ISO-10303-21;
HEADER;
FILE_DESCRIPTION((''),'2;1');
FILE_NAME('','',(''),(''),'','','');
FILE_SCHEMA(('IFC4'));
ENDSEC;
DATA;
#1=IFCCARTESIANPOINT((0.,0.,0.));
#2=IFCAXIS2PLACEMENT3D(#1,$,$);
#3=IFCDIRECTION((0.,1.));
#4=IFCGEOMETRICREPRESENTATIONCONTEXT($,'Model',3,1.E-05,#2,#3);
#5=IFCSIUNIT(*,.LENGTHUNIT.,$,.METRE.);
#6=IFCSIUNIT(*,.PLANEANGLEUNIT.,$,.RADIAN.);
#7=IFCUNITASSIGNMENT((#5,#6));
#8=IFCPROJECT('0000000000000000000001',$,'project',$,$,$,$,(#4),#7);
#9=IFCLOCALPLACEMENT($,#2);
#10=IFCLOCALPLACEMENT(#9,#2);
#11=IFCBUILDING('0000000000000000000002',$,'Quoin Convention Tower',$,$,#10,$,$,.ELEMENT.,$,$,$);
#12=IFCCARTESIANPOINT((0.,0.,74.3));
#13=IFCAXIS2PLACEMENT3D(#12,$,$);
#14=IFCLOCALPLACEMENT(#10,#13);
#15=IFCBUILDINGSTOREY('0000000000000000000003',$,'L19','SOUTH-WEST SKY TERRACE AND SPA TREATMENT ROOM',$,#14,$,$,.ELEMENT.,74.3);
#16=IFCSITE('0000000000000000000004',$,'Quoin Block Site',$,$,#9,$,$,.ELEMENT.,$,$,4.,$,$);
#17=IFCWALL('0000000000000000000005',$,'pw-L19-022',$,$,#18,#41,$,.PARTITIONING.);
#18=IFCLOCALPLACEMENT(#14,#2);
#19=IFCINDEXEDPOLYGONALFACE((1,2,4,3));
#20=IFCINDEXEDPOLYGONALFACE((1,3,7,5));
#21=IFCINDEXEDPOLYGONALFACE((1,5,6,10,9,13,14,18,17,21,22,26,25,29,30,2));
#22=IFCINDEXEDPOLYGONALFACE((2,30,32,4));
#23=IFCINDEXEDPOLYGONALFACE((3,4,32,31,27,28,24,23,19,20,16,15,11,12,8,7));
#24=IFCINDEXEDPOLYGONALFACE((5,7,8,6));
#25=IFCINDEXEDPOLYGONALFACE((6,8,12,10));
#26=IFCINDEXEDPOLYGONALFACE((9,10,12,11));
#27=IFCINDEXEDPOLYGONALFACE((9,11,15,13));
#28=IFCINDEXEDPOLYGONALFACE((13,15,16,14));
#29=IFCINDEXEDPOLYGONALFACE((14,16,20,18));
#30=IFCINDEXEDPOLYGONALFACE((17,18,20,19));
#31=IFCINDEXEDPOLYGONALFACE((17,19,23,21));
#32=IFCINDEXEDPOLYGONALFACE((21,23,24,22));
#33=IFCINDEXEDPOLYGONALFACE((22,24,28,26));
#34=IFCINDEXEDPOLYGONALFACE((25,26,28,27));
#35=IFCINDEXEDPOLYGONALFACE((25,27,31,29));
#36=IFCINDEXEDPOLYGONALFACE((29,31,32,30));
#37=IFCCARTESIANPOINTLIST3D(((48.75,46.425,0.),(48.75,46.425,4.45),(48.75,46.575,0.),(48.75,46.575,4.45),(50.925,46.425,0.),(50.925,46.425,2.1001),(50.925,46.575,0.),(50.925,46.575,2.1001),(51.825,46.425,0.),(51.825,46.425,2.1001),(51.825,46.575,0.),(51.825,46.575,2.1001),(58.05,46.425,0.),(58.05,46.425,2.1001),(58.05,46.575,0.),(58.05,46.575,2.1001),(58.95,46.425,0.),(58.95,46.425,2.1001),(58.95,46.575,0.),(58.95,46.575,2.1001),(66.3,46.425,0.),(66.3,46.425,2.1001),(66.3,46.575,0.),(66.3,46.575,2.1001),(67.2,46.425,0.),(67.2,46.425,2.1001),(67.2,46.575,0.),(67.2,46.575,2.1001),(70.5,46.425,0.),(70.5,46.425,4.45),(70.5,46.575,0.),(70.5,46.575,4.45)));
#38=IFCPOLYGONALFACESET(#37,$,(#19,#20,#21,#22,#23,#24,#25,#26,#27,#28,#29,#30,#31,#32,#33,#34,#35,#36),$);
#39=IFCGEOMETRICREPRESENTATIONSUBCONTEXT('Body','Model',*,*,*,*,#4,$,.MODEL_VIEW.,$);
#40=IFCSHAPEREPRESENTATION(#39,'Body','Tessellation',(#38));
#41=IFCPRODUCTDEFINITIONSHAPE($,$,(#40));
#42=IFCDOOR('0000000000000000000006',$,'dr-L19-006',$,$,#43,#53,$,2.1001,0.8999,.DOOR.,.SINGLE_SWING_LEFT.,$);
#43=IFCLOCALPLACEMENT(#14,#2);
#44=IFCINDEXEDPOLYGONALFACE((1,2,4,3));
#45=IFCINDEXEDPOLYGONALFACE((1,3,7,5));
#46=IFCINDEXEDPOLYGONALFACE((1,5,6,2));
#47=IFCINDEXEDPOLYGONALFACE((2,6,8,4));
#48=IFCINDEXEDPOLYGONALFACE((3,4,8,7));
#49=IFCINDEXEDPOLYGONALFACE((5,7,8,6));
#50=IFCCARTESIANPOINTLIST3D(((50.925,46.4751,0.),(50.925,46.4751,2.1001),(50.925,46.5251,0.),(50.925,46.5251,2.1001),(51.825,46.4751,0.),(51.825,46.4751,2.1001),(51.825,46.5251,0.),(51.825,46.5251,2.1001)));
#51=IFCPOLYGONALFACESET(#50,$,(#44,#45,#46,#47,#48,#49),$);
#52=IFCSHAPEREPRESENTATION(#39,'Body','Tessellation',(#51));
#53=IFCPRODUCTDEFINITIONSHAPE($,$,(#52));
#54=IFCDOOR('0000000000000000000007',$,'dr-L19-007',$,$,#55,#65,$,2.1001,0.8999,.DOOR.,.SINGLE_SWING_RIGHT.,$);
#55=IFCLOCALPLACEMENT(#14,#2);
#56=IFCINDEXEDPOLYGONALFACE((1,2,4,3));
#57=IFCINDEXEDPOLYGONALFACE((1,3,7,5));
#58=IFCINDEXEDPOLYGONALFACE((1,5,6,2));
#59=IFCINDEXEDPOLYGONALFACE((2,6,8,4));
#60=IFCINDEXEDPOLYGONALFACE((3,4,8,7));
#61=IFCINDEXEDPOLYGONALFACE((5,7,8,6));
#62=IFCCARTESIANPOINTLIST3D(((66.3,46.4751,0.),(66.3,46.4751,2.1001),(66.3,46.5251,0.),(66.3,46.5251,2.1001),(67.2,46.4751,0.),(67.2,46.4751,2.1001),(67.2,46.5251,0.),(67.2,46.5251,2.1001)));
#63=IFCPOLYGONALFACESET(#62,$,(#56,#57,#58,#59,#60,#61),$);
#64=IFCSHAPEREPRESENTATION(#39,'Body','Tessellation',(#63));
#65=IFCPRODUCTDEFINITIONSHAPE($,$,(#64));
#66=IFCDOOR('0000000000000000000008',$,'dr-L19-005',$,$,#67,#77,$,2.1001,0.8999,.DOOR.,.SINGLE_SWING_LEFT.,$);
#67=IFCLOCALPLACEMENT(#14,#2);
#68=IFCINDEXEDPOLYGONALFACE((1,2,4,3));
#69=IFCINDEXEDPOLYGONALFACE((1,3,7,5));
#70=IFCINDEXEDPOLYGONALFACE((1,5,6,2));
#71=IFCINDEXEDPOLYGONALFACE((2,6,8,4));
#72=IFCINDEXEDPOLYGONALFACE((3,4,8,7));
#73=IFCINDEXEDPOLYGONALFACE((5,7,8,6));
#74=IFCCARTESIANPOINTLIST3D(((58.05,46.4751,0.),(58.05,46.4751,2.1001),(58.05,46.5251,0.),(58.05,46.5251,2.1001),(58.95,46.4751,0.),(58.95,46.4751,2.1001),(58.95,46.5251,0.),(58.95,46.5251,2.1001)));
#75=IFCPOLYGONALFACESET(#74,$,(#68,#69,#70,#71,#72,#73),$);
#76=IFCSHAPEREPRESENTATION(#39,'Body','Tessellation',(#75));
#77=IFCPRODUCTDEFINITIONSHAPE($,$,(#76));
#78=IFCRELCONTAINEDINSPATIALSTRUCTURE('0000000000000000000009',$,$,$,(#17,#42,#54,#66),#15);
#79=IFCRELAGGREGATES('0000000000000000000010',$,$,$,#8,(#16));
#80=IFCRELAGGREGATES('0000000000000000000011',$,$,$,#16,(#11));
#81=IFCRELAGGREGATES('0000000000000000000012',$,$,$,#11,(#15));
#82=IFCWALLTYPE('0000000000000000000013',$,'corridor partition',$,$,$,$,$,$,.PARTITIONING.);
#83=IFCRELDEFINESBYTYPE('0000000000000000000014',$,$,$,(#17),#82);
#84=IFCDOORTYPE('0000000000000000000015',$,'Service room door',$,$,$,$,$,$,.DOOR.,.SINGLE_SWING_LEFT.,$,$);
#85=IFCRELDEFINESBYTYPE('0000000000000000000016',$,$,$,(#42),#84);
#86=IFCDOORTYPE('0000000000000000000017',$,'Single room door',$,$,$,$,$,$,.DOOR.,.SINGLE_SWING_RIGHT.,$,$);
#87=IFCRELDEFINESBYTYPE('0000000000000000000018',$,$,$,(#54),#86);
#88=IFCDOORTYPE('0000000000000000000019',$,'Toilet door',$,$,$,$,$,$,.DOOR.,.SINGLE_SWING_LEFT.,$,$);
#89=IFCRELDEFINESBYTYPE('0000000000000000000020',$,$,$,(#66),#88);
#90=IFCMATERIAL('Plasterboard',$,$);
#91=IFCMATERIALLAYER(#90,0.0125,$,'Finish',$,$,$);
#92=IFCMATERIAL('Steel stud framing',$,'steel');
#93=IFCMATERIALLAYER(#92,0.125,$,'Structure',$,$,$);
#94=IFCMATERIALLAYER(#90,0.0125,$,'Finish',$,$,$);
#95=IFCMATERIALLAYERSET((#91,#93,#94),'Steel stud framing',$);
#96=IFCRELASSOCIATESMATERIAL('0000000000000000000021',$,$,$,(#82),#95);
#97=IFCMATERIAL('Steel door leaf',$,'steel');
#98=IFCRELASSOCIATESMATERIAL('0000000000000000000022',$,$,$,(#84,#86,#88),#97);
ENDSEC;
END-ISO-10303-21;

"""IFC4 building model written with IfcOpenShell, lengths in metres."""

from ifc_helpers import new_model, si_unit, direction, frame, frame_2d, origin, place, context, subcontext, project, spatial, rectangle, extrude, material, layer, layer_set, type_object, element, fill, save


model = new_model("IFC4")

# Units and contexts
model_context = context("Model", 3, precision=1e-05, world=origin(), true_north=direction((0.0, 1.0)))
body_context = subcontext(model_context, "Body", "Model", "MODEL_VIEW")
ifc_project = project(units=[si_unit("LENGTHUNIT", "METRE"), si_unit("PLANEANGLEUNIT", "RADIAN")], contexts=[model_context])

# Site, building, storey
site_placement = place(None, origin())
site = spatial("IfcSite", under=ifc_project, at=site_placement, Name="Quoin Block Site", CompositionType="ELEMENT", RefElevation=4.0)
building_placement = place(site_placement, origin())
building = spatial("IfcBuilding", under=site, at=building_placement, Name="Quoin Convention Tower", CompositionType="ELEMENT")
storey_placement = place(building_placement, frame((0.0, 0.0, 74.3)))
storey = spatial("IfcBuildingStorey", under=building, at=storey_placement, Name="L19", Description="SOUTH-WEST SKY TERRACE AND SPA TREATMENT ROOM", CompositionType="ELEMENT", Elevation=74.3)

# Shared definitions
ifc_material_1 = material(Name="Plasterboard")
ifc_material_2 = material(Name="Steel stud framing", Category="steel")

# Shared definitions
ifc_material_3 = material(Name="Steel door leaf", Category="steel")

# Shared definitions
ifc_layer_1 = layer(ifc_material_1, 0.0125, Name="Finish")
ifc_layer_2 = layer(ifc_material_2, 0.125, Name="Structure")
ifc_layer_3 = layer(ifc_material_1, 0.0125, Name="Finish")
ifc_layer_set_1 = layer_set([ifc_layer_1, ifc_layer_2, ifc_layer_3], Name="Steel stud framing")
wall_type_1 = type_object("IfcWallType", Name="corridor partition", PredefinedType="PARTITIONING", material=ifc_layer_set_1)

# Wall, openings, doors
wall_1_placement = place(storey_placement, frame((48.75, 46.5, 0.0), z_axis=(0.0, 0.0, 1.0), x_axis=(1.0, 0.0, 0.0)))
wall_1 = element("IfcWall", 1, at=wall_1_placement, inside=storey, type_object=wall_type_1, Name="pw-L19-022", PredefinedType="PARTITIONING", context=body_context, shape_type="SweptSolid", body=[
    extrude(rectangle(XDim=21.75, YDim=0.1499, at=frame_2d((10.875, 0.0))), origin(), (0.0, 0.0, 1.0), 4.45),
])
opening_1_placement = place(wall_1_placement, frame((9.3, 0.0, 0.0)))
opening_1 = element("IfcOpeningElement", 2, at=opening_1_placement, cuts=wall_1, PredefinedType="OPENING", context=body_context, shape_type="SweptSolid", body=[
    extrude(rectangle(XDim=0.8999, YDim=2.1001, at=frame_2d((0.45, 1.05))), frame((0.0, 0.085, 0.0), z_axis=(0.0, -1.0, 0.0), x_axis=(1.0, 0.0, 0.0)), (0.0, 0.0, 1.0), 0.1699),
])
opening_2_placement = place(wall_1_placement, frame((2.175, 0.0, 0.0)))
opening_2 = element("IfcOpeningElement", 3, at=opening_2_placement, cuts=wall_1, PredefinedType="OPENING", context=body_context, shape_type="SweptSolid", body=[
    extrude(rectangle(XDim=0.8999, YDim=2.1001, at=frame_2d((0.45, 1.05))), frame((0.0, 0.085, 0.0), z_axis=(0.0, -1.0, 0.0), x_axis=(1.0, 0.0, 0.0)), (0.0, 0.0, 1.0), 0.1699),
])
opening_3_placement = place(wall_1_placement, frame((17.55, 0.0, 0.0)))
opening_3 = element("IfcOpeningElement", 4, at=opening_3_placement, cuts=wall_1, PredefinedType="OPENING", context=body_context, shape_type="SweptSolid", body=[
    extrude(rectangle(XDim=0.8999, YDim=2.1001, at=frame_2d((0.45, 1.05))), frame((0.0, 0.085, 0.0), z_axis=(0.0, -1.0, 0.0), x_axis=(1.0, 0.0, 0.0)), (0.0, 0.0, 1.0), 0.1699),
])
door_type_1 = type_object("IfcDoorType", Name="Service room door", OperationType="SINGLE_SWING_LEFT", PredefinedType="DOOR", material=ifc_material_3)
door_1_placement = place(opening_2_placement, frame((0.8999, 0.0, 0.0), z_axis=(0.0, 0.0, 1.0), x_axis=(-1.0, 0.0, 0.0)))
door_1 = element("IfcDoor", 5, at=door_1_placement, inside=storey, type_object=door_type_1, Name="dr-L19-006", OperationType="SINGLE_SWING_LEFT", OverallHeight=2.1001, OverallWidth=0.8999, PredefinedType="DOOR", context=body_context, shape_type="SweptSolid", body=[
    extrude(rectangle(XDim=0.8999, YDim=2.1001, at=frame_2d((0.45, 1.05))), frame((0.0, 0.0249, 0.0), z_axis=(0.0, -1.0, 0.0), x_axis=(1.0, 0.0, 0.0)), (0.0, 0.0, 1.0), 0.05),
])
fill(opening_2, door_1)
door_type_2 = type_object("IfcDoorType", Name="Single room door", OperationType="SINGLE_SWING_RIGHT", PredefinedType="DOOR", material=ifc_material_3)
door_2_placement = place(opening_3_placement, frame((0.8999, 0.0, 0.0), z_axis=(0.0, 0.0, 1.0), x_axis=(-1.0, 0.0, 0.0)))
door_2 = element("IfcDoor", 6, at=door_2_placement, inside=storey, type_object=door_type_2, Name="dr-L19-007", OperationType="SINGLE_SWING_RIGHT", OverallHeight=2.1001, OverallWidth=0.8999, PredefinedType="DOOR", context=body_context, shape_type="SweptSolid", body=[
    extrude(rectangle(XDim=0.8999, YDim=2.1001, at=frame_2d((0.45, 1.05))), frame((0.0, 0.0249, 0.0), z_axis=(0.0, -1.0, 0.0), x_axis=(1.0, 0.0, 0.0)), (0.0, 0.0, 1.0), 0.05),
])
fill(opening_3, door_2)
door_type_3 = type_object("IfcDoorType", Name="Toilet door", OperationType="SINGLE_SWING_LEFT", PredefinedType="DOOR", material=ifc_material_3)
door_3_placement = place(opening_1_placement, frame((0.8999, 0.0, 0.0), z_axis=(0.0, 0.0, 1.0), x_axis=(-1.0, 0.0, 0.0)))
door_3 = element("IfcDoor", 7, at=door_3_placement, inside=storey, type_object=door_type_3, Name="dr-L19-005", OperationType="SINGLE_SWING_LEFT", OverallHeight=2.1001, OverallWidth=0.8999, PredefinedType="DOOR", context=body_context, shape_type="SweptSolid", body=[
    extrude(rectangle(XDim=0.8999, YDim=2.1001, at=frame_2d((0.45, 1.05))), frame((0.0, 0.0249, 0.0), z_axis=(0.0, -1.0, 0.0), x_axis=(1.0, 0.0, 0.0)), (0.0, 0.0, 1.0), 0.05),
])
fill(opening_1, door_3)

save(model, "model.ifc")
